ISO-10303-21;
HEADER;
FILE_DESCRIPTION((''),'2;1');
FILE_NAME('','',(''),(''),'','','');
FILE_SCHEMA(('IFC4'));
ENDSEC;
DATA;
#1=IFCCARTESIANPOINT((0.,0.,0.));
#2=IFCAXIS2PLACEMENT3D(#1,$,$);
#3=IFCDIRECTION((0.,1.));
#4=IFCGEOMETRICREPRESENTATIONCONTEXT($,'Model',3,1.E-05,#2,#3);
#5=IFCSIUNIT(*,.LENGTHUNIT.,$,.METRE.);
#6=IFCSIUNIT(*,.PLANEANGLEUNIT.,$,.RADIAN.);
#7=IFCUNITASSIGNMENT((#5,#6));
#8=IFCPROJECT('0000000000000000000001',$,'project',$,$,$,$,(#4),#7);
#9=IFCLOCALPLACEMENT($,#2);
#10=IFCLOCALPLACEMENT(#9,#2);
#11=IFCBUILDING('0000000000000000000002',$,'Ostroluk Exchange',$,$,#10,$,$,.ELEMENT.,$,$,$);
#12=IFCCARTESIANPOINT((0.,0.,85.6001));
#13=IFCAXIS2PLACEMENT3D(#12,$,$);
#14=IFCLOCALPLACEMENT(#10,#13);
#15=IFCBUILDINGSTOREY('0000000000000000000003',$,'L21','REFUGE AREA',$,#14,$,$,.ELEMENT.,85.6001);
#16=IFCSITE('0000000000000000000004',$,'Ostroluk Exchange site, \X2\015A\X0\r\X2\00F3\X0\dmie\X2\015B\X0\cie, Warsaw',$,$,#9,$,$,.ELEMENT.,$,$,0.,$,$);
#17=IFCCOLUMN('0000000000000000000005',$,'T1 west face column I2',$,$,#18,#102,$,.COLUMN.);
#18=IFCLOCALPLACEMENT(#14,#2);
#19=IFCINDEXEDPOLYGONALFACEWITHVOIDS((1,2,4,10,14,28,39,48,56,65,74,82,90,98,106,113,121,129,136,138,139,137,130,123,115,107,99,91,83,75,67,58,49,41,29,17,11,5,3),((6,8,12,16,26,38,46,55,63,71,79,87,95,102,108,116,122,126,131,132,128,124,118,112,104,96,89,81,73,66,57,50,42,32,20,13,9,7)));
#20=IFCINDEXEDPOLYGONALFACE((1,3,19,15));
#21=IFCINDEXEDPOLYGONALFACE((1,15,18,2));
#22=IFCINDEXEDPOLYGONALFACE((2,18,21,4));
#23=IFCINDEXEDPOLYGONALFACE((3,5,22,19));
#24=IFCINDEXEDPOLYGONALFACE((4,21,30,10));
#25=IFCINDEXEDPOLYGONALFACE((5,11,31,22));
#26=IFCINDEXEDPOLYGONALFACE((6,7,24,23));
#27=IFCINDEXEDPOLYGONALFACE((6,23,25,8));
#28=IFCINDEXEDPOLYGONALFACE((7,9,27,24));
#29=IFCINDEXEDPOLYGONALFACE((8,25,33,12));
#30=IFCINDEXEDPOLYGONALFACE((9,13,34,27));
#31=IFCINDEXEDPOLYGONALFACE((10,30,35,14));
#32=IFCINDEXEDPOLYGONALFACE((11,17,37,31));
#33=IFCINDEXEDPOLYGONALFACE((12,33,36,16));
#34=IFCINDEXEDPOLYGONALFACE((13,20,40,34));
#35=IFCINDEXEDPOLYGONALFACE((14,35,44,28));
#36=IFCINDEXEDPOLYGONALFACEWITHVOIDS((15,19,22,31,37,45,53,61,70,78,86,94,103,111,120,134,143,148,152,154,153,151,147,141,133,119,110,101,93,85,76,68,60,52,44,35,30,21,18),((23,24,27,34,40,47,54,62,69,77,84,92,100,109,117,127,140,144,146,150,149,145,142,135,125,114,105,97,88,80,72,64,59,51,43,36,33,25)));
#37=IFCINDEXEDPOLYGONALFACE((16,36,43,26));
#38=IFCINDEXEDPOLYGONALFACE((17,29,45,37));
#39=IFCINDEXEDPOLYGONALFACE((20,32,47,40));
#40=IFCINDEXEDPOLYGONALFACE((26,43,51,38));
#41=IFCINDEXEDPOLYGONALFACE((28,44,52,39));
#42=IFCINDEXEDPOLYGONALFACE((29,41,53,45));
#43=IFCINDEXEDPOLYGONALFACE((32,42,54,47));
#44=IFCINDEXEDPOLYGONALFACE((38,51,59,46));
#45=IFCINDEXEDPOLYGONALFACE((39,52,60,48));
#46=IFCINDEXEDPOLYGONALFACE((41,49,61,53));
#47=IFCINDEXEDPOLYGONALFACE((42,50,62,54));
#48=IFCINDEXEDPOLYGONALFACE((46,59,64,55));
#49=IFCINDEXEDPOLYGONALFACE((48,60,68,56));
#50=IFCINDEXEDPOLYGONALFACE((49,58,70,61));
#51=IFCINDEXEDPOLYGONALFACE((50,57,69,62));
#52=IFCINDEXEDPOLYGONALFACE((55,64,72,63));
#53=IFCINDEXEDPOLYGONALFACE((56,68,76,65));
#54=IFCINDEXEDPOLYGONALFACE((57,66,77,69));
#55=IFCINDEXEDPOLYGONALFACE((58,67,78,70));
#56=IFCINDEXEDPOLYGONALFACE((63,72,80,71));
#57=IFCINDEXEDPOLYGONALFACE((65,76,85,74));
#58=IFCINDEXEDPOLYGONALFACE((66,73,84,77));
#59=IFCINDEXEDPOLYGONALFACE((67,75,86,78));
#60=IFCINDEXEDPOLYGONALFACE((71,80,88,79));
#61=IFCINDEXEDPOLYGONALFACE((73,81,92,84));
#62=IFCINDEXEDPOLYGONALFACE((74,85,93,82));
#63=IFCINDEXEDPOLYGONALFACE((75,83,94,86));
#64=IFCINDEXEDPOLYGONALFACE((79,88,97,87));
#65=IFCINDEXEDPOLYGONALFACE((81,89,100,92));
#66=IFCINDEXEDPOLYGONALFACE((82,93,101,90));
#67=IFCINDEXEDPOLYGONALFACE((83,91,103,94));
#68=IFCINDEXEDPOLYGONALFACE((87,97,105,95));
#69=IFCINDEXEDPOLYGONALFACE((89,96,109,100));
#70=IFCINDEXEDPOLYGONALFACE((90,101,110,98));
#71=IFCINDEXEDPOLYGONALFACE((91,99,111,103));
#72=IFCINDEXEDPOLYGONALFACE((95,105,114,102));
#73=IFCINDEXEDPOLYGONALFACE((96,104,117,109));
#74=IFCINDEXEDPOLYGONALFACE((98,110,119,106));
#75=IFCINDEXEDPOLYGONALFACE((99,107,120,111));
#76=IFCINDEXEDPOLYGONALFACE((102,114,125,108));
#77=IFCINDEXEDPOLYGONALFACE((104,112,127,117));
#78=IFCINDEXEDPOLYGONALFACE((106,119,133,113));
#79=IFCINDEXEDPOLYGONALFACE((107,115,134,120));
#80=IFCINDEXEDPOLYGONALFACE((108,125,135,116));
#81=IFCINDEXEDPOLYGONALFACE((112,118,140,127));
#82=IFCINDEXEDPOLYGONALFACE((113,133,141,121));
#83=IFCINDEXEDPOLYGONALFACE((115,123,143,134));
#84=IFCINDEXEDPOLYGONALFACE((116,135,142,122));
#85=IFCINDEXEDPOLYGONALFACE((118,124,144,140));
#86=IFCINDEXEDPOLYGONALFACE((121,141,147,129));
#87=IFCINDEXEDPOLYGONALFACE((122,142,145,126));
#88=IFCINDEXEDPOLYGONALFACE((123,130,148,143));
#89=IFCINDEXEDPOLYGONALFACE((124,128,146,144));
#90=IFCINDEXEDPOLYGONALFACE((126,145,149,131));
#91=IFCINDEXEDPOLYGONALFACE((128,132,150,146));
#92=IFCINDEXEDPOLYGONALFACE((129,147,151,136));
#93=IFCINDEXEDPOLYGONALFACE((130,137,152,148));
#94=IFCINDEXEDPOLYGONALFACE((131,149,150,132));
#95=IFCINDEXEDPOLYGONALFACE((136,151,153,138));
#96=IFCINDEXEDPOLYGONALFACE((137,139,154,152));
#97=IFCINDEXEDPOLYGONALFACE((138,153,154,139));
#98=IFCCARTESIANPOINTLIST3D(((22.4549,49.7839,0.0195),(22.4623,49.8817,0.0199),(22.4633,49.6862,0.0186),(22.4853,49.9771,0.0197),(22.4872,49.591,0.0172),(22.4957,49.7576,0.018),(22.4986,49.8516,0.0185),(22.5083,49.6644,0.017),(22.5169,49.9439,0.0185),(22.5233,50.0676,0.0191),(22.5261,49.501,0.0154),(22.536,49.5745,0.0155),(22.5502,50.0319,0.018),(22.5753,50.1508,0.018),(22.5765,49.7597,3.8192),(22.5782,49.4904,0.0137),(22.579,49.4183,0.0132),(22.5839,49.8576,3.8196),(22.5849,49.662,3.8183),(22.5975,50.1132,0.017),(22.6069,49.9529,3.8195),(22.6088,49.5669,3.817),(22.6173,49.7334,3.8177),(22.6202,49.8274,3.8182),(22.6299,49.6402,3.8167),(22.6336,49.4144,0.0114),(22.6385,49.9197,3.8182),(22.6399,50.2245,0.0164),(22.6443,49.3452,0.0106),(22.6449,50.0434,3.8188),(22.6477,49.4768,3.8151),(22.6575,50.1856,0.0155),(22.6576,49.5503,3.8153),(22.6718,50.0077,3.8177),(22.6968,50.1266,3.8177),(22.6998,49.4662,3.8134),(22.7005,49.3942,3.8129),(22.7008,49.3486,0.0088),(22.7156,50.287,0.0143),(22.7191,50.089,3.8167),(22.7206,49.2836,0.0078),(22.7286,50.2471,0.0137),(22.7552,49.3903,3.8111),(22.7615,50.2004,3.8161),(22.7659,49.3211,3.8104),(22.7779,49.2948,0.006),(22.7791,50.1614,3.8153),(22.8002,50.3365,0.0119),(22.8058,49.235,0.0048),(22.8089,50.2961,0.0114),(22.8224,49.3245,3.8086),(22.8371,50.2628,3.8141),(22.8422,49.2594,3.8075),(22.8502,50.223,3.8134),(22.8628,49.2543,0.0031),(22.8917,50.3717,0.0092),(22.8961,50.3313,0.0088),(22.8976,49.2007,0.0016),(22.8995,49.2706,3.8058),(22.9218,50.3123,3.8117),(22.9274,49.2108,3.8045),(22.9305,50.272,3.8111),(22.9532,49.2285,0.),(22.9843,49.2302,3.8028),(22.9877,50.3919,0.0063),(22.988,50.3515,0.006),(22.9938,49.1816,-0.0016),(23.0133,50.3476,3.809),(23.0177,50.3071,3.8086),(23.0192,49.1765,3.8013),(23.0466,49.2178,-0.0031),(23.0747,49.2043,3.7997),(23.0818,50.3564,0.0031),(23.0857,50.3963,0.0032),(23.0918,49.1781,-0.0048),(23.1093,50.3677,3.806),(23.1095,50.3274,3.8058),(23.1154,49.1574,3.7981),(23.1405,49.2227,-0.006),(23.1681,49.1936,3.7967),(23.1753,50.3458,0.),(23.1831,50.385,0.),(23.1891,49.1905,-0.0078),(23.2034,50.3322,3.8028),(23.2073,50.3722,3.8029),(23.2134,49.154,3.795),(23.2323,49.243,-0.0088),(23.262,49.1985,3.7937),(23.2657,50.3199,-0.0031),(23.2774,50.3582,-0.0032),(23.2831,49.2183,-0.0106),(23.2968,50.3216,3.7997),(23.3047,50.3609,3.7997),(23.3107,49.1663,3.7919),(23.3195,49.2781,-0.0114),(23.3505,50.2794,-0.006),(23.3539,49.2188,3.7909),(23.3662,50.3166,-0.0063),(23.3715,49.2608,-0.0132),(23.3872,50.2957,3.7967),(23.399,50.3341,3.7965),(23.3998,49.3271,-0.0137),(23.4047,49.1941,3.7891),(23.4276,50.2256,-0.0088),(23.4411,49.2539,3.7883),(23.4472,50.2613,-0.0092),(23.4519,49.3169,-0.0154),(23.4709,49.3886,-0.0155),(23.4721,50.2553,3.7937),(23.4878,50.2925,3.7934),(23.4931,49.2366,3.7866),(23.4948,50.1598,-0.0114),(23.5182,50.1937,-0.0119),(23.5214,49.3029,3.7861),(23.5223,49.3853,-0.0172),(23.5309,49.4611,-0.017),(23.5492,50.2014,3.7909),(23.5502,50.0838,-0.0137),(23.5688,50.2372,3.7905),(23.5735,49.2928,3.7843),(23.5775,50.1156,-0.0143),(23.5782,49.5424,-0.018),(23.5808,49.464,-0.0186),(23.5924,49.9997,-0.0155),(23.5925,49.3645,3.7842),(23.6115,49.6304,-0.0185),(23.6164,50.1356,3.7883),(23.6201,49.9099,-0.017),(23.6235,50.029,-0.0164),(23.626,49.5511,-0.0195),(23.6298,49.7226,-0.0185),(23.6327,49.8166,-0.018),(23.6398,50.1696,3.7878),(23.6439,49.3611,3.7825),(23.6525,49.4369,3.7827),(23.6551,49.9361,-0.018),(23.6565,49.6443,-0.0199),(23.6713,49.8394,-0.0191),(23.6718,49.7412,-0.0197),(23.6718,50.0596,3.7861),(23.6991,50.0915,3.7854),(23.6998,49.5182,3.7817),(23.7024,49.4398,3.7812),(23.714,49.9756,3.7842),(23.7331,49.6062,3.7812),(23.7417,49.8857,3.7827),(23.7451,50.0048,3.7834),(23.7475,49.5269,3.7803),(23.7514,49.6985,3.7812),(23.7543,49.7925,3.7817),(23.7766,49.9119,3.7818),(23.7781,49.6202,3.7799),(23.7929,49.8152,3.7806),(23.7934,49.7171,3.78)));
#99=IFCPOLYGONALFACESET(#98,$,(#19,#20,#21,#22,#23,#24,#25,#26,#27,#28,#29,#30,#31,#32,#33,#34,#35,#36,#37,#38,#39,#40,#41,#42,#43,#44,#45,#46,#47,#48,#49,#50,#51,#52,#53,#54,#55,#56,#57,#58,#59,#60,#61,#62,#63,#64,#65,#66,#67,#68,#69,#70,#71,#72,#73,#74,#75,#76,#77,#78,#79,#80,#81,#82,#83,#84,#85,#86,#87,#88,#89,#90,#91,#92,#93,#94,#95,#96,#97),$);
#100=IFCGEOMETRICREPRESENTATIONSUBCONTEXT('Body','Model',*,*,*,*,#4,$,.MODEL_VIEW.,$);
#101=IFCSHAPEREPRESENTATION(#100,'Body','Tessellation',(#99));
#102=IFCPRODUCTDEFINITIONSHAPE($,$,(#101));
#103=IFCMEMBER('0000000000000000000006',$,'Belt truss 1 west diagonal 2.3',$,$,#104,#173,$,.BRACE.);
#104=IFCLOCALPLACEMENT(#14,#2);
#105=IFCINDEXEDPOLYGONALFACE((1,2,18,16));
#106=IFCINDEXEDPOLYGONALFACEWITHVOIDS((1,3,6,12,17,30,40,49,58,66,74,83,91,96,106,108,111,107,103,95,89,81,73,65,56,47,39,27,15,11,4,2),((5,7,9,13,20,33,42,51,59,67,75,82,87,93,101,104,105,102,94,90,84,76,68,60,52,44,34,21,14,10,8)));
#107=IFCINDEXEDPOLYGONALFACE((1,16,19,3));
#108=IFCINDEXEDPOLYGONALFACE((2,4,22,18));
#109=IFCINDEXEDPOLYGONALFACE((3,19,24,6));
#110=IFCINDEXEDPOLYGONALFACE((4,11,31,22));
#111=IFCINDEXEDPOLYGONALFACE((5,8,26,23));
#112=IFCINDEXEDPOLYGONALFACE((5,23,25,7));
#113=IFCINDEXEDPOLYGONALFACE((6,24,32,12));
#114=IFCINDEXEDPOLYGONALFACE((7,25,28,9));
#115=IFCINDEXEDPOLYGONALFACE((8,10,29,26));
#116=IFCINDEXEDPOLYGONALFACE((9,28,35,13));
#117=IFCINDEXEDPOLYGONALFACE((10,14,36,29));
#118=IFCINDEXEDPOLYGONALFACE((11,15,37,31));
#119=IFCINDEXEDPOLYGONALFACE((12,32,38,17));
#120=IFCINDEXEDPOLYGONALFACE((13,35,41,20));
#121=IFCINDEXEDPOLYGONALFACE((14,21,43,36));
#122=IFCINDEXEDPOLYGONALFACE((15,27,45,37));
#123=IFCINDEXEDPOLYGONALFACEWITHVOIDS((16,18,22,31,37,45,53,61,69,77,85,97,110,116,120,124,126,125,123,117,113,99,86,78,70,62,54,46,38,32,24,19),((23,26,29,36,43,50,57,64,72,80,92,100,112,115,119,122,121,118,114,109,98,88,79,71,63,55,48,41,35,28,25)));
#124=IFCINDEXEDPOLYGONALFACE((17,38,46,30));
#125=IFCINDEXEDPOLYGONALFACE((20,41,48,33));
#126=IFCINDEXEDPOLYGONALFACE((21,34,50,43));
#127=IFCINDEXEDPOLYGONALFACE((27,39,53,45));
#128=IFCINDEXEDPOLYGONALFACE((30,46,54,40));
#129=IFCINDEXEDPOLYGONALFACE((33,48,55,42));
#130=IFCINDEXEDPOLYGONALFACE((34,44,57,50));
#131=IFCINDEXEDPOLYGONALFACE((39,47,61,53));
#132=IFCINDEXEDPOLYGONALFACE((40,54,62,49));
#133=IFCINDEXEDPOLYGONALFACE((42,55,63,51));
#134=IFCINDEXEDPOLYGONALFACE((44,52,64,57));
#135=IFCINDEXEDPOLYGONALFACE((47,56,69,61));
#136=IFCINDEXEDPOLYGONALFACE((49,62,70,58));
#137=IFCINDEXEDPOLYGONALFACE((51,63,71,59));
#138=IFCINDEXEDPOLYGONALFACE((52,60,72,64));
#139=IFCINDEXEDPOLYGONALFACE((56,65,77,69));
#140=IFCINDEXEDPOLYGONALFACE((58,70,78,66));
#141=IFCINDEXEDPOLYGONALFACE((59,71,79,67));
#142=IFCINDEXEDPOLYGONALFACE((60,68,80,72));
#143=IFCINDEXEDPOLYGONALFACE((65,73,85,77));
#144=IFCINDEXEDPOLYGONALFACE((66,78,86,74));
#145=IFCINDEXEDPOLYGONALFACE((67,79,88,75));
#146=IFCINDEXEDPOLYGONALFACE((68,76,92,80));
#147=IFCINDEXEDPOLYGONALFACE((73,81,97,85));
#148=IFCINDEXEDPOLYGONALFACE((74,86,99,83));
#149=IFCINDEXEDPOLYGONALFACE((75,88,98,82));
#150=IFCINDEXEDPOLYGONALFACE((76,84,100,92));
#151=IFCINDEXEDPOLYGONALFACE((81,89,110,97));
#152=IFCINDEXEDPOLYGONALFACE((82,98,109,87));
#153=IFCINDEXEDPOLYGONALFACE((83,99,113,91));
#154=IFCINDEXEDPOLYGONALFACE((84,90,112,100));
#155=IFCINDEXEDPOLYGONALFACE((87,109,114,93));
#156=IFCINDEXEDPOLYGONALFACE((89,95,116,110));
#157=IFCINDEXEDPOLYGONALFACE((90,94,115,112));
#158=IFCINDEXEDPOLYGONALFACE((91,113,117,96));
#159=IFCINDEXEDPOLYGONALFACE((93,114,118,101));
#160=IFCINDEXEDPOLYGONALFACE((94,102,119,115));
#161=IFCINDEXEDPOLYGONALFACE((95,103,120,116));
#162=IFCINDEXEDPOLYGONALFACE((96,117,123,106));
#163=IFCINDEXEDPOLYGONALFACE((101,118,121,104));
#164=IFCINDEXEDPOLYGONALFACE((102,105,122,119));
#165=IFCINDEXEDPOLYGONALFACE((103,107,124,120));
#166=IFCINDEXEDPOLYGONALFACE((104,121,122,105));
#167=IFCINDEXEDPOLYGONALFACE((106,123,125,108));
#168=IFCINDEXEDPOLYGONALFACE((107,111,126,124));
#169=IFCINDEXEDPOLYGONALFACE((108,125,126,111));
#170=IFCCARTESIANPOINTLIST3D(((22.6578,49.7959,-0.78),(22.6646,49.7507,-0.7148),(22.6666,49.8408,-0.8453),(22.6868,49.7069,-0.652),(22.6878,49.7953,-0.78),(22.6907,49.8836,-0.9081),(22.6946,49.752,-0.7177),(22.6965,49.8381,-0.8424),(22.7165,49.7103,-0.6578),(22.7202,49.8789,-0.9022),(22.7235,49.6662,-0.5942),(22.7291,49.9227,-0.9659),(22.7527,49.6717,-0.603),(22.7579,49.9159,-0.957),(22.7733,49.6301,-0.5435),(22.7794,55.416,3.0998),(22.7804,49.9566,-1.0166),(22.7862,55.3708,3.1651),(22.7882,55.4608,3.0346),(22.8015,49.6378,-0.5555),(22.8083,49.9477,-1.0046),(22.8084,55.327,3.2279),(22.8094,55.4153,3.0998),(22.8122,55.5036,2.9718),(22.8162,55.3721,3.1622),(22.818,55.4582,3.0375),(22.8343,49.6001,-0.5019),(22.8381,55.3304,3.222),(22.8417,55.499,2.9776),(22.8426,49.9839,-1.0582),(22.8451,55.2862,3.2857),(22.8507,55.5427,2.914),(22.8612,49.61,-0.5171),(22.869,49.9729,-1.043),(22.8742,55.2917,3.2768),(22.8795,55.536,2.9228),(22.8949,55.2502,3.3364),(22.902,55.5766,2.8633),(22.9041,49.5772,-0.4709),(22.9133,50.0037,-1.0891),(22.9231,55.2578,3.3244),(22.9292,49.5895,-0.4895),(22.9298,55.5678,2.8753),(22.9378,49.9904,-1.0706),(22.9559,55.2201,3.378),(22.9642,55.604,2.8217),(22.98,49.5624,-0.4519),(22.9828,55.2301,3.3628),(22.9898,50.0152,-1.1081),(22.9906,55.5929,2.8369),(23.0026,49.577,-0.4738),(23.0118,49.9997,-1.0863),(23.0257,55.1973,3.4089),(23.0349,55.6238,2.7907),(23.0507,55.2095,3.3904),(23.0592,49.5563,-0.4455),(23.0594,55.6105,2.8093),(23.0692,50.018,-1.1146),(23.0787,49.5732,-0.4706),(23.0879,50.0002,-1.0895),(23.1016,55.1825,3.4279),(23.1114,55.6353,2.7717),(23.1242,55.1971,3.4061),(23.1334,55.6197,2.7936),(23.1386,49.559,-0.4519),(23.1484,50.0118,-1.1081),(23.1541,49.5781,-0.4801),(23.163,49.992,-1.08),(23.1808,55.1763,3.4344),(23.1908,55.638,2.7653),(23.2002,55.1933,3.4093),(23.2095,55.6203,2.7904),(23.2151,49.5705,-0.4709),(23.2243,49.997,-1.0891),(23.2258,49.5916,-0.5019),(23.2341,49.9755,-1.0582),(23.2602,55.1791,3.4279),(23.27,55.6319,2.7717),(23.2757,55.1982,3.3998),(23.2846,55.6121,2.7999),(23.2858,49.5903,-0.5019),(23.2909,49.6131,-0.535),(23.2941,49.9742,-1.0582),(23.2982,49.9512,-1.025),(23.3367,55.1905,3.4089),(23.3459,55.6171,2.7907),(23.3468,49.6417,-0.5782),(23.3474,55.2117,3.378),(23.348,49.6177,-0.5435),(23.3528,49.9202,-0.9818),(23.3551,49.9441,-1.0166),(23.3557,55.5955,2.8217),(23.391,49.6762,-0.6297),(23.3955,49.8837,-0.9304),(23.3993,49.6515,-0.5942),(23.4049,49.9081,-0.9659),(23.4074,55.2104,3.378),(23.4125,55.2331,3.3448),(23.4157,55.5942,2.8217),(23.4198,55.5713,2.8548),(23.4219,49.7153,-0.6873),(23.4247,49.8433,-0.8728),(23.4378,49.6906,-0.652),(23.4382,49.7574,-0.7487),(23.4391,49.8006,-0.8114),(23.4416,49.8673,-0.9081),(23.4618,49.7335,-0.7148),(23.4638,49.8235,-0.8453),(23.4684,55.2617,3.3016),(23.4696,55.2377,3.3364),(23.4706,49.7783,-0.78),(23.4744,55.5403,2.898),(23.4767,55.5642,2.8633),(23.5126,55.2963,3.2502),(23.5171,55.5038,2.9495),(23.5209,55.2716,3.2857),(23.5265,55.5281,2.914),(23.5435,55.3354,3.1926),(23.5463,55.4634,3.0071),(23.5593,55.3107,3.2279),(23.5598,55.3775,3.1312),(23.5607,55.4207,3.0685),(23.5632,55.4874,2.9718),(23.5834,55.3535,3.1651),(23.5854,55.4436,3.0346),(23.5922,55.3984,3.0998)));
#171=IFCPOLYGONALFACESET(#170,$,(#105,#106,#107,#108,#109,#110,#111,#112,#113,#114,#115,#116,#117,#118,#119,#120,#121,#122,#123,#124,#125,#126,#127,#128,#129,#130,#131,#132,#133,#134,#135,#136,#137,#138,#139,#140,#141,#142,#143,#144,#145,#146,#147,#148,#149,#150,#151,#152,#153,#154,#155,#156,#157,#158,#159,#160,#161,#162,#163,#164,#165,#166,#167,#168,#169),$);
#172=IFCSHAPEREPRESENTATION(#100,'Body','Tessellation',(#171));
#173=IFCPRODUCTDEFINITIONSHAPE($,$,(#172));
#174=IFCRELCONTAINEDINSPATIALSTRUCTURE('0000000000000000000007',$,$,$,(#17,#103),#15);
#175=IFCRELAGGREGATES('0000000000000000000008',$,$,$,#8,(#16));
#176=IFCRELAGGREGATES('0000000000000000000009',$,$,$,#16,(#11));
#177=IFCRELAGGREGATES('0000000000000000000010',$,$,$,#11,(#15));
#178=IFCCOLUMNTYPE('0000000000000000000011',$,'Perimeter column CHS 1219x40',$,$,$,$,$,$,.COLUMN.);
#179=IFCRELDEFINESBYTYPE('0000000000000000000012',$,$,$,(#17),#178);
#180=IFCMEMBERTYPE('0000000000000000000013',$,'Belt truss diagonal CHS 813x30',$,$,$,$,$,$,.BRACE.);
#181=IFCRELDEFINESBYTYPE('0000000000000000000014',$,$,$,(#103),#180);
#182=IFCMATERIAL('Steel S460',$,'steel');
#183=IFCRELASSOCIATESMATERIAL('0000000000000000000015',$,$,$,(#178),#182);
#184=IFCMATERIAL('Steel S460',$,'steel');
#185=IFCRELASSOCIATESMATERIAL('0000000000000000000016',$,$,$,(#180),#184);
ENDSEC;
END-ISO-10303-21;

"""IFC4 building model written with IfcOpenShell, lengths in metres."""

from ifc_helpers import new_model, si_unit, direction, frame, origin, origin_2d, place, context, subcontext, project, spatial, hollow_circle, extrude, material, material_profile, profile_set, type_object, element, save


model = new_model("IFC4")

# Units and contexts
model_context = context("Model", 3, precision=1e-05, world=origin(), true_north=direction((0.0, 1.0)))
body_context = subcontext(model_context, "Body", "Model", "MODEL_VIEW")
ifc_project = project(units=[si_unit("LENGTHUNIT", "METRE"), si_unit("PLANEANGLEUNIT", "RADIAN")], contexts=[model_context])

# Site, building, storey
site_placement = place(None, origin())
site = spatial("IfcSite", under=ifc_project, at=site_placement, Name="Ostroluk Exchange site, Śródmieście, Warsaw", CompositionType="ELEMENT", RefElevation=0.0)
building_placement = place(site_placement, origin())
building = spatial("IfcBuilding", under=site, at=building_placement, Name="Ostroluk Exchange", CompositionType="ELEMENT")
storey_placement = place(building_placement, frame((0.0, 0.0, 85.6001)))
storey = spatial("IfcBuildingStorey", under=building, at=storey_placement, Name="L21", Description="REFUGE AREA", CompositionType="ELEMENT", Elevation=85.6001)

# Column
ifc_material_1 = material(Name="Steel S460", Category="steel")
ifc_material_profile_1 = material_profile(ifc_material_1, hollow_circle(Radius=0.6096, WallThickness=0.04, at=origin_2d()), Name="CHS 1219x40")
ifc_profile_set_1 = profile_set([ifc_material_profile_1], Name="Steel S460")
column_type = type_object("IfcColumnType", Name="Perimeter column CHS 1219x40", PredefinedType="COLUMN", material=ifc_profile_set_1)
column_placement = place(storey_placement, frame((23.0642, 49.7871, 0.0), z_axis=(0.03198, -0.006357, 0.999468), x_axis=(0.19498, 0.980807, 0.0)))
element("IfcColumn", 1, at=column_placement, inside=storey, type_object=column_type, Name="T1 west face column I2", PredefinedType="COLUMN", context=body_context, shape_type="SweptSolid", body=[
    extrude(hollow_circle(Radius=0.6096, WallThickness=0.04, at=origin_2d()), origin(), (0.0, 0.0, 1.0), 3.8018),
])

# Member
ifc_material_2 = material(Name="Steel S460", Category="steel")
ifc_material_profile_2 = material_profile(ifc_material_2, hollow_circle(Radius=0.4065, WallThickness=0.03, at=origin_2d()), Name="CHS 813x30")
ifc_profile_set_2 = profile_set([ifc_material_profile_2], Name="Steel S460")
member_type_1 = type_object("IfcMemberType", Name="Belt truss diagonal CHS 813x30", PredefinedType="BRACE", material=ifc_profile_set_2)
member_1_placement = place(storey_placement, frame((23.0642, 49.7871, -0.78), z_axis=(0.0178, 0.822813, 0.568034), x_axis=(-0.999766, 0.021628, 0.0)))
element("IfcMember", 2, at=member_1_placement, inside=storey, type_object=member_type_1, Name="Belt truss 1 west diagonal 2.3", PredefinedType="BRACE", context=body_context, shape_type="SweptSolid", body=[
    extrude(hollow_circle(Radius=0.4065, WallThickness=0.03, at=origin_2d()), origin(), (0.0, 0.0, 1.0), 6.8303),
])

save(model, "model.ifc")
